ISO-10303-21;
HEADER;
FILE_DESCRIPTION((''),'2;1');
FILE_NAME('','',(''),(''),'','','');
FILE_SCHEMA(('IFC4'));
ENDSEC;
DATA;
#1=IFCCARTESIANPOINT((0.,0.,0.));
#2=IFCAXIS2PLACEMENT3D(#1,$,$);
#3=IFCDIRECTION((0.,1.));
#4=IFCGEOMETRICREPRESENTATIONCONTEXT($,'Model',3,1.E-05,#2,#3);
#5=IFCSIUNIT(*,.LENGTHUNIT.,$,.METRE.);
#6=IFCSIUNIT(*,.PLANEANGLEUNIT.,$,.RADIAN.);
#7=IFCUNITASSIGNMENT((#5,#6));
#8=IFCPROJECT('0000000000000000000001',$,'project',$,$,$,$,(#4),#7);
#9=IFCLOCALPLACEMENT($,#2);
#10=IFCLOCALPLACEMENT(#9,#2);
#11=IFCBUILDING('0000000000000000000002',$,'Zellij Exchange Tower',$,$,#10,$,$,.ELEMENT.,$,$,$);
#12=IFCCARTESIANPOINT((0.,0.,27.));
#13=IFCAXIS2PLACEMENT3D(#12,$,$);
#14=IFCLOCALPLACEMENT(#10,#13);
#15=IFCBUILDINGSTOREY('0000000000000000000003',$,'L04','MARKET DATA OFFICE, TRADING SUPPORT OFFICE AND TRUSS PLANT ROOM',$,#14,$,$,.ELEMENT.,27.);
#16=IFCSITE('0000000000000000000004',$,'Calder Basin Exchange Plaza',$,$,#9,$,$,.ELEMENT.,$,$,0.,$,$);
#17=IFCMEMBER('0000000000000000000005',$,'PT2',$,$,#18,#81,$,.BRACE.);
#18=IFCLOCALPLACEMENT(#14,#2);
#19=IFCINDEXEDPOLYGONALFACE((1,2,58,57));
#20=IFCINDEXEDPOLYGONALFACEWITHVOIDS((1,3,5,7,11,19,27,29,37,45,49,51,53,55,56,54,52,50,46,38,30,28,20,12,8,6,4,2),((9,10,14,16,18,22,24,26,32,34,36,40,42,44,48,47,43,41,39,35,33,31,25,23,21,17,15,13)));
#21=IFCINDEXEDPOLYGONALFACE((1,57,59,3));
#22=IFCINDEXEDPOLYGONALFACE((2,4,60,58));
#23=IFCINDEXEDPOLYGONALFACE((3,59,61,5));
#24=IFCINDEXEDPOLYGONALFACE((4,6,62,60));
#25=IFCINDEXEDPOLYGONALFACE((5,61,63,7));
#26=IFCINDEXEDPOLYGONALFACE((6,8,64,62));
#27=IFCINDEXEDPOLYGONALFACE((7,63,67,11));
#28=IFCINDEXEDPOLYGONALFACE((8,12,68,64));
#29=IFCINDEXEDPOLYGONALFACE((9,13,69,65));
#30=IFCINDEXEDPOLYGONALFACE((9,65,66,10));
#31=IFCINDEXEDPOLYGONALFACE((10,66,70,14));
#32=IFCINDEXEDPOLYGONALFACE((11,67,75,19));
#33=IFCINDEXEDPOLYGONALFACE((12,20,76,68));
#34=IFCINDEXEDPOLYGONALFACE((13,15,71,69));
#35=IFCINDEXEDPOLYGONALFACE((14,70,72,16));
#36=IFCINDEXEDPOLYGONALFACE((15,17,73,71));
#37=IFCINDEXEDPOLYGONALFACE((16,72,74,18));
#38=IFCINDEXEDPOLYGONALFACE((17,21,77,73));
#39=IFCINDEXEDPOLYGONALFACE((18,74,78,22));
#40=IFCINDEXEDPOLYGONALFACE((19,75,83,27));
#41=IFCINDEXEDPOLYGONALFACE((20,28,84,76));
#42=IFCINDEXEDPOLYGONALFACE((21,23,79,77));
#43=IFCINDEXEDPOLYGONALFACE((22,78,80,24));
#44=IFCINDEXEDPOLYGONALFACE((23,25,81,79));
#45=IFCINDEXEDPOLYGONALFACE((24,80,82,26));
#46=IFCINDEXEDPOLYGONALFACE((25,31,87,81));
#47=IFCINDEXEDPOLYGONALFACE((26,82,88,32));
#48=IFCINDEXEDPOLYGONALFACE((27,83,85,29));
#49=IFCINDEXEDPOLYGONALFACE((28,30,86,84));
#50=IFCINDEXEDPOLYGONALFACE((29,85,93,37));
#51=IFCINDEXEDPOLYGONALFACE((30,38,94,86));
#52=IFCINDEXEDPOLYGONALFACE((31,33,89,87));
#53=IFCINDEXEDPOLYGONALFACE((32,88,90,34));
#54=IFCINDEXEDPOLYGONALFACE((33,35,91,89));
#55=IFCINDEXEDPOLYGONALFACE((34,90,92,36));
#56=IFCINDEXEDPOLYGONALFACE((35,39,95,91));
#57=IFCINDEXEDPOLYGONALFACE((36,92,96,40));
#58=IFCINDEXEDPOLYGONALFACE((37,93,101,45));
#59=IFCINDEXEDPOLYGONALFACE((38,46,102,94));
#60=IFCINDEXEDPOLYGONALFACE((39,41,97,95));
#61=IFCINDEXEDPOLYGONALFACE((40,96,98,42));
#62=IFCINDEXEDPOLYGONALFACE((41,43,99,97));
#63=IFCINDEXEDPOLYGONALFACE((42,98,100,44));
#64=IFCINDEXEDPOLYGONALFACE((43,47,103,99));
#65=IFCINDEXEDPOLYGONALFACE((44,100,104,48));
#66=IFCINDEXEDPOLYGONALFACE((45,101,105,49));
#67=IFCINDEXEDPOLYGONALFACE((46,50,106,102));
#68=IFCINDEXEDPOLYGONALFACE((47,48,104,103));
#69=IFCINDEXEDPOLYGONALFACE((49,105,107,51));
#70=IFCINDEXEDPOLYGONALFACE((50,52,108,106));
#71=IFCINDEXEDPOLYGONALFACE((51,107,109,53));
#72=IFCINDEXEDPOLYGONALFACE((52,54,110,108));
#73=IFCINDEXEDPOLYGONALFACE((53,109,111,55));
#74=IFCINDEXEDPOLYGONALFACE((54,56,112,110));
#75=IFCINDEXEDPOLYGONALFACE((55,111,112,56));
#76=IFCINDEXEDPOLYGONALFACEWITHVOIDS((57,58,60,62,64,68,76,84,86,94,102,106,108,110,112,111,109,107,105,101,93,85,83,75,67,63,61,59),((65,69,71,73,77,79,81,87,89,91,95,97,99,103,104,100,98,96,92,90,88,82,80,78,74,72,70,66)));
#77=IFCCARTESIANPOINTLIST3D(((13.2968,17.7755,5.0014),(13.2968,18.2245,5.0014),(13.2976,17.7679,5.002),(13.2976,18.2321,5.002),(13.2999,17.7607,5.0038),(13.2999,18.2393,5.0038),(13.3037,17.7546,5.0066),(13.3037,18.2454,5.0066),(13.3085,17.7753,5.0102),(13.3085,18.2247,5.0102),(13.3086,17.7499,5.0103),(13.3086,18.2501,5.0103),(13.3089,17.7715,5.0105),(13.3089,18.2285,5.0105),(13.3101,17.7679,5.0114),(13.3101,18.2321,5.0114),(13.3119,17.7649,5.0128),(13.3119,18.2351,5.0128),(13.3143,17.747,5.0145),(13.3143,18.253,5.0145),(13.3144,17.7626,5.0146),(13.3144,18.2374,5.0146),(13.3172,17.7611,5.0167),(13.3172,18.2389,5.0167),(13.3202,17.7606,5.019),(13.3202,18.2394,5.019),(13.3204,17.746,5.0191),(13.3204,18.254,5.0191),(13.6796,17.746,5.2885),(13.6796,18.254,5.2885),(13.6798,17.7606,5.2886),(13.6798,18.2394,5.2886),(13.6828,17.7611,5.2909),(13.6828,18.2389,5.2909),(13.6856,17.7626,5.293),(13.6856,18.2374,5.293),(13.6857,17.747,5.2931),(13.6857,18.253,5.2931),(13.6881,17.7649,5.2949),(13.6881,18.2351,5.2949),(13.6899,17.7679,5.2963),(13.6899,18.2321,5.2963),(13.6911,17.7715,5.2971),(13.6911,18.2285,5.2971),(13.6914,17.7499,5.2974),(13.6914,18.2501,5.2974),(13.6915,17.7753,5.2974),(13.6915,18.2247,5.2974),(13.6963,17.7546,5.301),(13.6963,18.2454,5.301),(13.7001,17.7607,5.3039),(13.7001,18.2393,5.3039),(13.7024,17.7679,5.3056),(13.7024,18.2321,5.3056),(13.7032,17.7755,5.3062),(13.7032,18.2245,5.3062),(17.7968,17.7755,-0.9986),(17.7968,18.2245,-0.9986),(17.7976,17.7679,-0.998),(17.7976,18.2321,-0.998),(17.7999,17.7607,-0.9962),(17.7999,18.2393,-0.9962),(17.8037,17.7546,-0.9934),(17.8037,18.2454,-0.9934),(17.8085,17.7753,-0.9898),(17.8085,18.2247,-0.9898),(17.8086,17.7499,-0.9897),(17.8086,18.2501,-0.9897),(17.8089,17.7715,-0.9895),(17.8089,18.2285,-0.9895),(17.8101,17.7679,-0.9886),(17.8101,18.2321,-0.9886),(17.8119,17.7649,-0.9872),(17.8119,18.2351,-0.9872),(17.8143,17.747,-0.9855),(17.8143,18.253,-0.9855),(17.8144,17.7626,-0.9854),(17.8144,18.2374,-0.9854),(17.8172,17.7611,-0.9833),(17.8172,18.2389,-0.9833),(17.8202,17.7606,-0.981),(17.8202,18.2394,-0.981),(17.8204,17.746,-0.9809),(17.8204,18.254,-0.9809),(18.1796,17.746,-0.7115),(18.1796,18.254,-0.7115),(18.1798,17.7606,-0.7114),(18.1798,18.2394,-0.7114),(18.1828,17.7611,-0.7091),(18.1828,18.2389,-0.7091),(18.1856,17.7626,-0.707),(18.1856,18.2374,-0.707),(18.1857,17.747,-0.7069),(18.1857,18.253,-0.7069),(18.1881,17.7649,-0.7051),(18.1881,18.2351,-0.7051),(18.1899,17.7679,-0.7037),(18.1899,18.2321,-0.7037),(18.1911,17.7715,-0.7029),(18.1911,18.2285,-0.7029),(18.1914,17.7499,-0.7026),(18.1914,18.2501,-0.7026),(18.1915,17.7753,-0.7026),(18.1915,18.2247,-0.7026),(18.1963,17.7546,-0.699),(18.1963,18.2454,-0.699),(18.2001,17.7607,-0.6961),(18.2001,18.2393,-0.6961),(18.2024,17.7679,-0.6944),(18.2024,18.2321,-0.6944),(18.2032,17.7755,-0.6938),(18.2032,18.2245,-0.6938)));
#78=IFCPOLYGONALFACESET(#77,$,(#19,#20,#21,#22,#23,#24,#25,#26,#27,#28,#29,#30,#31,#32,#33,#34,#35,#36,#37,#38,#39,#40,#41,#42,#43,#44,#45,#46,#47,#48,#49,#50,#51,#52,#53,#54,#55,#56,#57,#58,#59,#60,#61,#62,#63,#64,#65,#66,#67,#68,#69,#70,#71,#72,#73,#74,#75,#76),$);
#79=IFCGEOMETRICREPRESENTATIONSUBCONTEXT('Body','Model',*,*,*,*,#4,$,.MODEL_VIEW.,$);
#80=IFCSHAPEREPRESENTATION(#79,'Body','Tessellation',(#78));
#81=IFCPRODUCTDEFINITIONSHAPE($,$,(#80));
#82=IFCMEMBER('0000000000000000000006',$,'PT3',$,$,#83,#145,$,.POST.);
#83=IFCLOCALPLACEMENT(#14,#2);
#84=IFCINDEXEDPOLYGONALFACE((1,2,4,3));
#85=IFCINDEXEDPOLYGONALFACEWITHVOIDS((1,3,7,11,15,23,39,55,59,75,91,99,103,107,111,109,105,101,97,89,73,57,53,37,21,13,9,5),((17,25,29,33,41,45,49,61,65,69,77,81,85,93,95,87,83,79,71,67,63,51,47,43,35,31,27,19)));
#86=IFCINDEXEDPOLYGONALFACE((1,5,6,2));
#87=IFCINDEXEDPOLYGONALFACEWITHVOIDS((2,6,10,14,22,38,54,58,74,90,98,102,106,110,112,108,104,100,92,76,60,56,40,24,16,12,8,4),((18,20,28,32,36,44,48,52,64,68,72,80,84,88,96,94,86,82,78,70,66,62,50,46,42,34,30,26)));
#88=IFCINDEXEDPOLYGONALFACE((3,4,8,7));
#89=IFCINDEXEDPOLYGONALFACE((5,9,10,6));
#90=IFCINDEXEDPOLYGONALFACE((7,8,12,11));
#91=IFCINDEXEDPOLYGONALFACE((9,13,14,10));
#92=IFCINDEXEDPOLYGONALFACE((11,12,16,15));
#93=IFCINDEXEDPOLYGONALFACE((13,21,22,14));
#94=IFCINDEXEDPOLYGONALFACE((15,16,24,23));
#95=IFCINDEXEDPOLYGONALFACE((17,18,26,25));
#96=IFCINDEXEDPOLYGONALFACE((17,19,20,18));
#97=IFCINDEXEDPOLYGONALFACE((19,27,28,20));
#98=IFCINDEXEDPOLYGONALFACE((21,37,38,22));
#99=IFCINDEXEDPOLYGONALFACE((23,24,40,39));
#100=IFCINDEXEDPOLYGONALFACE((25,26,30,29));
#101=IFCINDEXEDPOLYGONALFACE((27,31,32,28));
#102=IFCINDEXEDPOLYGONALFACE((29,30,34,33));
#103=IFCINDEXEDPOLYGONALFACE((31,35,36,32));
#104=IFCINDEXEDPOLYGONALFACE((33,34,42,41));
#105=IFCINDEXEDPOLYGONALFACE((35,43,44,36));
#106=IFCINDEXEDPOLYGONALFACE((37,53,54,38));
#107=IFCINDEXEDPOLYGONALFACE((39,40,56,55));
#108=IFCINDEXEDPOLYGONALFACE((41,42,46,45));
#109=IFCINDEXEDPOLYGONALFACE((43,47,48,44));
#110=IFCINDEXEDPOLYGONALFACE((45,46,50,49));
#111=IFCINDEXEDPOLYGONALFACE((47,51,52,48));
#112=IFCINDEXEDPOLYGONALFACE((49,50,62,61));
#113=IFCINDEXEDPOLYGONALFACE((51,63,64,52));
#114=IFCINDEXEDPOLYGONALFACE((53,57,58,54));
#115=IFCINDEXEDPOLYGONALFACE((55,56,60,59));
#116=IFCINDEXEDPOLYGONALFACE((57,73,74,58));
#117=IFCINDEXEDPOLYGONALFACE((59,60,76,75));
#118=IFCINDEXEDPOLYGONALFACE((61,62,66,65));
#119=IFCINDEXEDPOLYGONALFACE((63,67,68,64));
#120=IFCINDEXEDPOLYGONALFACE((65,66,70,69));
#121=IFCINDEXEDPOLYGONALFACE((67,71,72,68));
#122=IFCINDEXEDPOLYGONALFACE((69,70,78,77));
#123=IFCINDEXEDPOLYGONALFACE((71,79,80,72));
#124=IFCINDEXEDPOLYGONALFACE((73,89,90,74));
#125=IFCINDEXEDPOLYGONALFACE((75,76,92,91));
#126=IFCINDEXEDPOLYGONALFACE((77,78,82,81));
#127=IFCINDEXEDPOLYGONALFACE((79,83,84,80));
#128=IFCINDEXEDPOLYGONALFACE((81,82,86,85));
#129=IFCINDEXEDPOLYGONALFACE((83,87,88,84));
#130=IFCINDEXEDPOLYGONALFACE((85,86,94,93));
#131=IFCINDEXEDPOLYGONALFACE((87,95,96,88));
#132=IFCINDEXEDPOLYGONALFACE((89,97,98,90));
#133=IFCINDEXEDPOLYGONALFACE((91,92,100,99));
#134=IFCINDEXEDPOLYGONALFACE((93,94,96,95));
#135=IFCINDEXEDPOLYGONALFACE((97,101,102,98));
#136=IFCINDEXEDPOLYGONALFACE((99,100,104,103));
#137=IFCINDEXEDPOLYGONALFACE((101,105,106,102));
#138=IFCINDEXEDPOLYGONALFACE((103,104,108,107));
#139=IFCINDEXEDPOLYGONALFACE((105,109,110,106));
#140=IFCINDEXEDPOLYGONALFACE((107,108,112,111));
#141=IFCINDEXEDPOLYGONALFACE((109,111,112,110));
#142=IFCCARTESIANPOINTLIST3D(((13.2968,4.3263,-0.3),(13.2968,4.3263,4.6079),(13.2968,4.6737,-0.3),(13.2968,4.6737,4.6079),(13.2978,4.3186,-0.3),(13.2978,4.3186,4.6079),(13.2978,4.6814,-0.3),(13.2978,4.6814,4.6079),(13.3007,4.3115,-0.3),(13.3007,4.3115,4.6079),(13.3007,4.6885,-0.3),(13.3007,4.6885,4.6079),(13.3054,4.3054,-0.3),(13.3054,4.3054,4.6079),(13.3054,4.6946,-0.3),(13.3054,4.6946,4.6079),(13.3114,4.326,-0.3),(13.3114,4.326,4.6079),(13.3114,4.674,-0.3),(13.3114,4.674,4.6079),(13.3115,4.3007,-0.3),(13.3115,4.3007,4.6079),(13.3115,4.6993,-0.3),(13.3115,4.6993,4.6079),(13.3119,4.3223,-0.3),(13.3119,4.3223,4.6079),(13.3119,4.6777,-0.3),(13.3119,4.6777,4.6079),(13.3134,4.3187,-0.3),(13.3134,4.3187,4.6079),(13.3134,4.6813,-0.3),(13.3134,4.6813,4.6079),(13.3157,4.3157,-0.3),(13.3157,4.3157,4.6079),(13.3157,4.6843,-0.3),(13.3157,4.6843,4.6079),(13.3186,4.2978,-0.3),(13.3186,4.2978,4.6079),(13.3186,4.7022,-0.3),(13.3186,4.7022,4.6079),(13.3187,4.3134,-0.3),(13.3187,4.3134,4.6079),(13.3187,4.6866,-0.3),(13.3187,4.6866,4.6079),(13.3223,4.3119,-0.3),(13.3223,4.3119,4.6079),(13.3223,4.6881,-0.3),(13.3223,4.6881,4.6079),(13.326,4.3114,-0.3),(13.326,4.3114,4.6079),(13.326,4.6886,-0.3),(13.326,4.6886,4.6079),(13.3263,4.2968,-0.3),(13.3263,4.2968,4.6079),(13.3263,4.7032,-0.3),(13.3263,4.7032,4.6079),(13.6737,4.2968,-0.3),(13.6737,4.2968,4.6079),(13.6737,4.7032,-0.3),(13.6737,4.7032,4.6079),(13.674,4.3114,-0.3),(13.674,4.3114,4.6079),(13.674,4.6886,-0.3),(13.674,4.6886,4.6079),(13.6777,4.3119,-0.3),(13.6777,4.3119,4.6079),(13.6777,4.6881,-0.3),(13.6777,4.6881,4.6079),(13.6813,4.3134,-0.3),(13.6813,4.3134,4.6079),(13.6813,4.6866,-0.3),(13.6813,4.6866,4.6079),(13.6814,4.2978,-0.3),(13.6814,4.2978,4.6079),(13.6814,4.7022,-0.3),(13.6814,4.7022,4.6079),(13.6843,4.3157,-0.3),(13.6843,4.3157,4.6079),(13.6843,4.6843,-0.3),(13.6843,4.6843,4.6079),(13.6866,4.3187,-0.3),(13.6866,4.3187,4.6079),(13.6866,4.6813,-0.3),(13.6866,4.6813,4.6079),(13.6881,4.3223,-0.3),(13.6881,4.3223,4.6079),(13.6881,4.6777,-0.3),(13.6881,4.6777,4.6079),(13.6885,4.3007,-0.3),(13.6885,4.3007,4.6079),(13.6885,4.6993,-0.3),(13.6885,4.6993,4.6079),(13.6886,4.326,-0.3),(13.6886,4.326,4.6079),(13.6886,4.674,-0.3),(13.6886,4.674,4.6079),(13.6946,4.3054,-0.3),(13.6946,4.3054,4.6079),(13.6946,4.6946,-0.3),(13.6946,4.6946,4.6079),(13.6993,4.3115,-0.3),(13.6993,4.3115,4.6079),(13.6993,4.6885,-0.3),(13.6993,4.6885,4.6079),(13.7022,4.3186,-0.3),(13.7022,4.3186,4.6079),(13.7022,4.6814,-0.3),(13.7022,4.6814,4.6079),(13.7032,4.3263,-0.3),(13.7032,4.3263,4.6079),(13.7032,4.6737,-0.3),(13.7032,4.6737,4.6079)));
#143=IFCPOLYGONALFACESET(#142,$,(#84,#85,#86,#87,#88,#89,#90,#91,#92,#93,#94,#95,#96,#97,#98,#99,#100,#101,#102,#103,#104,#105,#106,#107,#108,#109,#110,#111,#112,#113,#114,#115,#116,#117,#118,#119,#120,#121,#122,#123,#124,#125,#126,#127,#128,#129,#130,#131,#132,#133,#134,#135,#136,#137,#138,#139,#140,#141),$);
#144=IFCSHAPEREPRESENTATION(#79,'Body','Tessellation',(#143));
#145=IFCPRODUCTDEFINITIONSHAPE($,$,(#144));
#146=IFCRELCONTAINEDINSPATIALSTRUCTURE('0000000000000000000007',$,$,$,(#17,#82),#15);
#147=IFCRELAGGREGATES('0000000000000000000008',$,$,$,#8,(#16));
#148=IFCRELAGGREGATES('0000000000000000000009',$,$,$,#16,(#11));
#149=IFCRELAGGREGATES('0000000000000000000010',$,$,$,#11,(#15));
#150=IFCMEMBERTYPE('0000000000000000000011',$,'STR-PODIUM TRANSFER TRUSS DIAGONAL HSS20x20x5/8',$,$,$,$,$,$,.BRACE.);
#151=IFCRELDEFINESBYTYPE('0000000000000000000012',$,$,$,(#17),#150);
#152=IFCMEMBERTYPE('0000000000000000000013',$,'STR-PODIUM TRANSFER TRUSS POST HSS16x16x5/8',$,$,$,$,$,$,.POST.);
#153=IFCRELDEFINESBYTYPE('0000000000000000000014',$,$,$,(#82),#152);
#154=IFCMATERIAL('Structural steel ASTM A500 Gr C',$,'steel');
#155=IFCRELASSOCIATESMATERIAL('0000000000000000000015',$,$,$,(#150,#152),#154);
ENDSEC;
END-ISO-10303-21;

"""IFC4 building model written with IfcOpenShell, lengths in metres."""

from ifc_helpers import new_model, si_unit, direction, frame, origin, origin_2d, place, context, subcontext, project, spatial, hollow_rectangle, extrude, material, material_profile, profile_set, type_object, element, save


model = new_model("IFC4")

# Units and contexts
model_context = context("Model", 3, precision=1e-05, world=origin(), true_north=direction((0.0, 1.0)))
body_context = subcontext(model_context, "Body", "Model", "MODEL_VIEW")
ifc_project = project(units=[si_unit("LENGTHUNIT", "METRE"), si_unit("PLANEANGLEUNIT", "RADIAN")], contexts=[model_context])

# Site, building, storey
site_placement = place(None, origin())
site = spatial("IfcSite", under=ifc_project, at=site_placement, Name="Calder Basin Exchange Plaza", CompositionType="ELEMENT", RefElevation=0.0)
building_placement = place(site_placement, origin())
building = spatial("IfcBuilding", under=site, at=building_placement, Name="Zellij Exchange Tower", CompositionType="ELEMENT")
storey_placement = place(building_placement, frame((0.0, 0.0, 27.0)))
storey = spatial("IfcBuildingStorey", under=building, at=storey_placement, Name="L04", Description="MARKET DATA OFFICE, TRADING SUPPORT OFFICE AND TRUSS PLANT ROOM", CompositionType="ELEMENT", Elevation=27.0)

# Members
ifc_material_1 = material(Name="Structural steel ASTM A500 Gr C", Category="steel")
ifc_material_profile_1 = material_profile(ifc_material_1, hollow_rectangle(XDim=0.5081, YDim=0.5081, WallThickness=0.0146, InnerFilletRadius=0.0146, OuterFilletRadius=0.0295, at=origin_2d()), Name="STR-PODIUM TRANSFER TRUSS DIAGONAL HSS20x20x5/8")
ifc_profile_set_1 = profile_set([ifc_material_profile_1], Name="Structural steel ASTM A500 Gr C")
member_type_1 = type_object("IfcMemberType", Name="STR-PODIUM TRANSFER TRUSS DIAGONAL HSS20x20x5/8", PredefinedType="BRACE", material=ifc_profile_set_1)
for number, where, z_axis, x_axis, name in (
    (1, (13.5, 18.0, 5.1538), (0.6, 0.0, -0.8), (0.0, 1.0, 0.0), "PT2"),
):
    element("IfcMember", number, at=place(storey_placement, frame(where, z_axis=z_axis, x_axis=x_axis)), inside=storey, type_object=member_type_1, Name=name, PredefinedType="BRACE", context=body_context, shape_type="SweptSolid", body=[
        extrude(hollow_rectangle(XDim=0.5081, YDim=0.5081, WallThickness=0.0146, InnerFilletRadius=0.0146, OuterFilletRadius=0.0295, at=origin_2d()), origin(), (0.0, 0.0, 1.0), 7.5),
    ])
ifc_material_profile_2 = material_profile(ifc_material_1, hollow_rectangle(XDim=0.4065, YDim=0.4065, WallThickness=0.0146, InnerFilletRadius=0.0146, OuterFilletRadius=0.0295, at=origin_2d()), Name="STR-PODIUM TRANSFER TRUSS POST HSS16x16x5/8")
ifc_profile_set_2 = profile_set([ifc_material_profile_2], Name="Structural steel ASTM A500 Gr C")
member_type_2 = type_object("IfcMemberType", Name="STR-PODIUM TRANSFER TRUSS POST HSS16x16x5/8", PredefinedType="POST", material=ifc_profile_set_2)
for number, where, z_axis, x_axis, name in (
    (2, (13.5, 4.5, -0.3), (0.0, 0.0, 1.0), (1.0, 0.0, 0.0), "PT3"),
):
    element("IfcMember", number, at=place(storey_placement, frame(where, z_axis=z_axis, x_axis=x_axis)), inside=storey, type_object=member_type_2, Name=name, PredefinedType="POST", context=body_context, shape_type="SweptSolid", body=[
        extrude(hollow_rectangle(XDim=0.4065, YDim=0.4065, WallThickness=0.0146, InnerFilletRadius=0.0146, OuterFilletRadius=0.0295, at=origin_2d()), origin(), (0.0, 0.0, 1.0), 4.908),
    ])

save(model, "model.ifc")
